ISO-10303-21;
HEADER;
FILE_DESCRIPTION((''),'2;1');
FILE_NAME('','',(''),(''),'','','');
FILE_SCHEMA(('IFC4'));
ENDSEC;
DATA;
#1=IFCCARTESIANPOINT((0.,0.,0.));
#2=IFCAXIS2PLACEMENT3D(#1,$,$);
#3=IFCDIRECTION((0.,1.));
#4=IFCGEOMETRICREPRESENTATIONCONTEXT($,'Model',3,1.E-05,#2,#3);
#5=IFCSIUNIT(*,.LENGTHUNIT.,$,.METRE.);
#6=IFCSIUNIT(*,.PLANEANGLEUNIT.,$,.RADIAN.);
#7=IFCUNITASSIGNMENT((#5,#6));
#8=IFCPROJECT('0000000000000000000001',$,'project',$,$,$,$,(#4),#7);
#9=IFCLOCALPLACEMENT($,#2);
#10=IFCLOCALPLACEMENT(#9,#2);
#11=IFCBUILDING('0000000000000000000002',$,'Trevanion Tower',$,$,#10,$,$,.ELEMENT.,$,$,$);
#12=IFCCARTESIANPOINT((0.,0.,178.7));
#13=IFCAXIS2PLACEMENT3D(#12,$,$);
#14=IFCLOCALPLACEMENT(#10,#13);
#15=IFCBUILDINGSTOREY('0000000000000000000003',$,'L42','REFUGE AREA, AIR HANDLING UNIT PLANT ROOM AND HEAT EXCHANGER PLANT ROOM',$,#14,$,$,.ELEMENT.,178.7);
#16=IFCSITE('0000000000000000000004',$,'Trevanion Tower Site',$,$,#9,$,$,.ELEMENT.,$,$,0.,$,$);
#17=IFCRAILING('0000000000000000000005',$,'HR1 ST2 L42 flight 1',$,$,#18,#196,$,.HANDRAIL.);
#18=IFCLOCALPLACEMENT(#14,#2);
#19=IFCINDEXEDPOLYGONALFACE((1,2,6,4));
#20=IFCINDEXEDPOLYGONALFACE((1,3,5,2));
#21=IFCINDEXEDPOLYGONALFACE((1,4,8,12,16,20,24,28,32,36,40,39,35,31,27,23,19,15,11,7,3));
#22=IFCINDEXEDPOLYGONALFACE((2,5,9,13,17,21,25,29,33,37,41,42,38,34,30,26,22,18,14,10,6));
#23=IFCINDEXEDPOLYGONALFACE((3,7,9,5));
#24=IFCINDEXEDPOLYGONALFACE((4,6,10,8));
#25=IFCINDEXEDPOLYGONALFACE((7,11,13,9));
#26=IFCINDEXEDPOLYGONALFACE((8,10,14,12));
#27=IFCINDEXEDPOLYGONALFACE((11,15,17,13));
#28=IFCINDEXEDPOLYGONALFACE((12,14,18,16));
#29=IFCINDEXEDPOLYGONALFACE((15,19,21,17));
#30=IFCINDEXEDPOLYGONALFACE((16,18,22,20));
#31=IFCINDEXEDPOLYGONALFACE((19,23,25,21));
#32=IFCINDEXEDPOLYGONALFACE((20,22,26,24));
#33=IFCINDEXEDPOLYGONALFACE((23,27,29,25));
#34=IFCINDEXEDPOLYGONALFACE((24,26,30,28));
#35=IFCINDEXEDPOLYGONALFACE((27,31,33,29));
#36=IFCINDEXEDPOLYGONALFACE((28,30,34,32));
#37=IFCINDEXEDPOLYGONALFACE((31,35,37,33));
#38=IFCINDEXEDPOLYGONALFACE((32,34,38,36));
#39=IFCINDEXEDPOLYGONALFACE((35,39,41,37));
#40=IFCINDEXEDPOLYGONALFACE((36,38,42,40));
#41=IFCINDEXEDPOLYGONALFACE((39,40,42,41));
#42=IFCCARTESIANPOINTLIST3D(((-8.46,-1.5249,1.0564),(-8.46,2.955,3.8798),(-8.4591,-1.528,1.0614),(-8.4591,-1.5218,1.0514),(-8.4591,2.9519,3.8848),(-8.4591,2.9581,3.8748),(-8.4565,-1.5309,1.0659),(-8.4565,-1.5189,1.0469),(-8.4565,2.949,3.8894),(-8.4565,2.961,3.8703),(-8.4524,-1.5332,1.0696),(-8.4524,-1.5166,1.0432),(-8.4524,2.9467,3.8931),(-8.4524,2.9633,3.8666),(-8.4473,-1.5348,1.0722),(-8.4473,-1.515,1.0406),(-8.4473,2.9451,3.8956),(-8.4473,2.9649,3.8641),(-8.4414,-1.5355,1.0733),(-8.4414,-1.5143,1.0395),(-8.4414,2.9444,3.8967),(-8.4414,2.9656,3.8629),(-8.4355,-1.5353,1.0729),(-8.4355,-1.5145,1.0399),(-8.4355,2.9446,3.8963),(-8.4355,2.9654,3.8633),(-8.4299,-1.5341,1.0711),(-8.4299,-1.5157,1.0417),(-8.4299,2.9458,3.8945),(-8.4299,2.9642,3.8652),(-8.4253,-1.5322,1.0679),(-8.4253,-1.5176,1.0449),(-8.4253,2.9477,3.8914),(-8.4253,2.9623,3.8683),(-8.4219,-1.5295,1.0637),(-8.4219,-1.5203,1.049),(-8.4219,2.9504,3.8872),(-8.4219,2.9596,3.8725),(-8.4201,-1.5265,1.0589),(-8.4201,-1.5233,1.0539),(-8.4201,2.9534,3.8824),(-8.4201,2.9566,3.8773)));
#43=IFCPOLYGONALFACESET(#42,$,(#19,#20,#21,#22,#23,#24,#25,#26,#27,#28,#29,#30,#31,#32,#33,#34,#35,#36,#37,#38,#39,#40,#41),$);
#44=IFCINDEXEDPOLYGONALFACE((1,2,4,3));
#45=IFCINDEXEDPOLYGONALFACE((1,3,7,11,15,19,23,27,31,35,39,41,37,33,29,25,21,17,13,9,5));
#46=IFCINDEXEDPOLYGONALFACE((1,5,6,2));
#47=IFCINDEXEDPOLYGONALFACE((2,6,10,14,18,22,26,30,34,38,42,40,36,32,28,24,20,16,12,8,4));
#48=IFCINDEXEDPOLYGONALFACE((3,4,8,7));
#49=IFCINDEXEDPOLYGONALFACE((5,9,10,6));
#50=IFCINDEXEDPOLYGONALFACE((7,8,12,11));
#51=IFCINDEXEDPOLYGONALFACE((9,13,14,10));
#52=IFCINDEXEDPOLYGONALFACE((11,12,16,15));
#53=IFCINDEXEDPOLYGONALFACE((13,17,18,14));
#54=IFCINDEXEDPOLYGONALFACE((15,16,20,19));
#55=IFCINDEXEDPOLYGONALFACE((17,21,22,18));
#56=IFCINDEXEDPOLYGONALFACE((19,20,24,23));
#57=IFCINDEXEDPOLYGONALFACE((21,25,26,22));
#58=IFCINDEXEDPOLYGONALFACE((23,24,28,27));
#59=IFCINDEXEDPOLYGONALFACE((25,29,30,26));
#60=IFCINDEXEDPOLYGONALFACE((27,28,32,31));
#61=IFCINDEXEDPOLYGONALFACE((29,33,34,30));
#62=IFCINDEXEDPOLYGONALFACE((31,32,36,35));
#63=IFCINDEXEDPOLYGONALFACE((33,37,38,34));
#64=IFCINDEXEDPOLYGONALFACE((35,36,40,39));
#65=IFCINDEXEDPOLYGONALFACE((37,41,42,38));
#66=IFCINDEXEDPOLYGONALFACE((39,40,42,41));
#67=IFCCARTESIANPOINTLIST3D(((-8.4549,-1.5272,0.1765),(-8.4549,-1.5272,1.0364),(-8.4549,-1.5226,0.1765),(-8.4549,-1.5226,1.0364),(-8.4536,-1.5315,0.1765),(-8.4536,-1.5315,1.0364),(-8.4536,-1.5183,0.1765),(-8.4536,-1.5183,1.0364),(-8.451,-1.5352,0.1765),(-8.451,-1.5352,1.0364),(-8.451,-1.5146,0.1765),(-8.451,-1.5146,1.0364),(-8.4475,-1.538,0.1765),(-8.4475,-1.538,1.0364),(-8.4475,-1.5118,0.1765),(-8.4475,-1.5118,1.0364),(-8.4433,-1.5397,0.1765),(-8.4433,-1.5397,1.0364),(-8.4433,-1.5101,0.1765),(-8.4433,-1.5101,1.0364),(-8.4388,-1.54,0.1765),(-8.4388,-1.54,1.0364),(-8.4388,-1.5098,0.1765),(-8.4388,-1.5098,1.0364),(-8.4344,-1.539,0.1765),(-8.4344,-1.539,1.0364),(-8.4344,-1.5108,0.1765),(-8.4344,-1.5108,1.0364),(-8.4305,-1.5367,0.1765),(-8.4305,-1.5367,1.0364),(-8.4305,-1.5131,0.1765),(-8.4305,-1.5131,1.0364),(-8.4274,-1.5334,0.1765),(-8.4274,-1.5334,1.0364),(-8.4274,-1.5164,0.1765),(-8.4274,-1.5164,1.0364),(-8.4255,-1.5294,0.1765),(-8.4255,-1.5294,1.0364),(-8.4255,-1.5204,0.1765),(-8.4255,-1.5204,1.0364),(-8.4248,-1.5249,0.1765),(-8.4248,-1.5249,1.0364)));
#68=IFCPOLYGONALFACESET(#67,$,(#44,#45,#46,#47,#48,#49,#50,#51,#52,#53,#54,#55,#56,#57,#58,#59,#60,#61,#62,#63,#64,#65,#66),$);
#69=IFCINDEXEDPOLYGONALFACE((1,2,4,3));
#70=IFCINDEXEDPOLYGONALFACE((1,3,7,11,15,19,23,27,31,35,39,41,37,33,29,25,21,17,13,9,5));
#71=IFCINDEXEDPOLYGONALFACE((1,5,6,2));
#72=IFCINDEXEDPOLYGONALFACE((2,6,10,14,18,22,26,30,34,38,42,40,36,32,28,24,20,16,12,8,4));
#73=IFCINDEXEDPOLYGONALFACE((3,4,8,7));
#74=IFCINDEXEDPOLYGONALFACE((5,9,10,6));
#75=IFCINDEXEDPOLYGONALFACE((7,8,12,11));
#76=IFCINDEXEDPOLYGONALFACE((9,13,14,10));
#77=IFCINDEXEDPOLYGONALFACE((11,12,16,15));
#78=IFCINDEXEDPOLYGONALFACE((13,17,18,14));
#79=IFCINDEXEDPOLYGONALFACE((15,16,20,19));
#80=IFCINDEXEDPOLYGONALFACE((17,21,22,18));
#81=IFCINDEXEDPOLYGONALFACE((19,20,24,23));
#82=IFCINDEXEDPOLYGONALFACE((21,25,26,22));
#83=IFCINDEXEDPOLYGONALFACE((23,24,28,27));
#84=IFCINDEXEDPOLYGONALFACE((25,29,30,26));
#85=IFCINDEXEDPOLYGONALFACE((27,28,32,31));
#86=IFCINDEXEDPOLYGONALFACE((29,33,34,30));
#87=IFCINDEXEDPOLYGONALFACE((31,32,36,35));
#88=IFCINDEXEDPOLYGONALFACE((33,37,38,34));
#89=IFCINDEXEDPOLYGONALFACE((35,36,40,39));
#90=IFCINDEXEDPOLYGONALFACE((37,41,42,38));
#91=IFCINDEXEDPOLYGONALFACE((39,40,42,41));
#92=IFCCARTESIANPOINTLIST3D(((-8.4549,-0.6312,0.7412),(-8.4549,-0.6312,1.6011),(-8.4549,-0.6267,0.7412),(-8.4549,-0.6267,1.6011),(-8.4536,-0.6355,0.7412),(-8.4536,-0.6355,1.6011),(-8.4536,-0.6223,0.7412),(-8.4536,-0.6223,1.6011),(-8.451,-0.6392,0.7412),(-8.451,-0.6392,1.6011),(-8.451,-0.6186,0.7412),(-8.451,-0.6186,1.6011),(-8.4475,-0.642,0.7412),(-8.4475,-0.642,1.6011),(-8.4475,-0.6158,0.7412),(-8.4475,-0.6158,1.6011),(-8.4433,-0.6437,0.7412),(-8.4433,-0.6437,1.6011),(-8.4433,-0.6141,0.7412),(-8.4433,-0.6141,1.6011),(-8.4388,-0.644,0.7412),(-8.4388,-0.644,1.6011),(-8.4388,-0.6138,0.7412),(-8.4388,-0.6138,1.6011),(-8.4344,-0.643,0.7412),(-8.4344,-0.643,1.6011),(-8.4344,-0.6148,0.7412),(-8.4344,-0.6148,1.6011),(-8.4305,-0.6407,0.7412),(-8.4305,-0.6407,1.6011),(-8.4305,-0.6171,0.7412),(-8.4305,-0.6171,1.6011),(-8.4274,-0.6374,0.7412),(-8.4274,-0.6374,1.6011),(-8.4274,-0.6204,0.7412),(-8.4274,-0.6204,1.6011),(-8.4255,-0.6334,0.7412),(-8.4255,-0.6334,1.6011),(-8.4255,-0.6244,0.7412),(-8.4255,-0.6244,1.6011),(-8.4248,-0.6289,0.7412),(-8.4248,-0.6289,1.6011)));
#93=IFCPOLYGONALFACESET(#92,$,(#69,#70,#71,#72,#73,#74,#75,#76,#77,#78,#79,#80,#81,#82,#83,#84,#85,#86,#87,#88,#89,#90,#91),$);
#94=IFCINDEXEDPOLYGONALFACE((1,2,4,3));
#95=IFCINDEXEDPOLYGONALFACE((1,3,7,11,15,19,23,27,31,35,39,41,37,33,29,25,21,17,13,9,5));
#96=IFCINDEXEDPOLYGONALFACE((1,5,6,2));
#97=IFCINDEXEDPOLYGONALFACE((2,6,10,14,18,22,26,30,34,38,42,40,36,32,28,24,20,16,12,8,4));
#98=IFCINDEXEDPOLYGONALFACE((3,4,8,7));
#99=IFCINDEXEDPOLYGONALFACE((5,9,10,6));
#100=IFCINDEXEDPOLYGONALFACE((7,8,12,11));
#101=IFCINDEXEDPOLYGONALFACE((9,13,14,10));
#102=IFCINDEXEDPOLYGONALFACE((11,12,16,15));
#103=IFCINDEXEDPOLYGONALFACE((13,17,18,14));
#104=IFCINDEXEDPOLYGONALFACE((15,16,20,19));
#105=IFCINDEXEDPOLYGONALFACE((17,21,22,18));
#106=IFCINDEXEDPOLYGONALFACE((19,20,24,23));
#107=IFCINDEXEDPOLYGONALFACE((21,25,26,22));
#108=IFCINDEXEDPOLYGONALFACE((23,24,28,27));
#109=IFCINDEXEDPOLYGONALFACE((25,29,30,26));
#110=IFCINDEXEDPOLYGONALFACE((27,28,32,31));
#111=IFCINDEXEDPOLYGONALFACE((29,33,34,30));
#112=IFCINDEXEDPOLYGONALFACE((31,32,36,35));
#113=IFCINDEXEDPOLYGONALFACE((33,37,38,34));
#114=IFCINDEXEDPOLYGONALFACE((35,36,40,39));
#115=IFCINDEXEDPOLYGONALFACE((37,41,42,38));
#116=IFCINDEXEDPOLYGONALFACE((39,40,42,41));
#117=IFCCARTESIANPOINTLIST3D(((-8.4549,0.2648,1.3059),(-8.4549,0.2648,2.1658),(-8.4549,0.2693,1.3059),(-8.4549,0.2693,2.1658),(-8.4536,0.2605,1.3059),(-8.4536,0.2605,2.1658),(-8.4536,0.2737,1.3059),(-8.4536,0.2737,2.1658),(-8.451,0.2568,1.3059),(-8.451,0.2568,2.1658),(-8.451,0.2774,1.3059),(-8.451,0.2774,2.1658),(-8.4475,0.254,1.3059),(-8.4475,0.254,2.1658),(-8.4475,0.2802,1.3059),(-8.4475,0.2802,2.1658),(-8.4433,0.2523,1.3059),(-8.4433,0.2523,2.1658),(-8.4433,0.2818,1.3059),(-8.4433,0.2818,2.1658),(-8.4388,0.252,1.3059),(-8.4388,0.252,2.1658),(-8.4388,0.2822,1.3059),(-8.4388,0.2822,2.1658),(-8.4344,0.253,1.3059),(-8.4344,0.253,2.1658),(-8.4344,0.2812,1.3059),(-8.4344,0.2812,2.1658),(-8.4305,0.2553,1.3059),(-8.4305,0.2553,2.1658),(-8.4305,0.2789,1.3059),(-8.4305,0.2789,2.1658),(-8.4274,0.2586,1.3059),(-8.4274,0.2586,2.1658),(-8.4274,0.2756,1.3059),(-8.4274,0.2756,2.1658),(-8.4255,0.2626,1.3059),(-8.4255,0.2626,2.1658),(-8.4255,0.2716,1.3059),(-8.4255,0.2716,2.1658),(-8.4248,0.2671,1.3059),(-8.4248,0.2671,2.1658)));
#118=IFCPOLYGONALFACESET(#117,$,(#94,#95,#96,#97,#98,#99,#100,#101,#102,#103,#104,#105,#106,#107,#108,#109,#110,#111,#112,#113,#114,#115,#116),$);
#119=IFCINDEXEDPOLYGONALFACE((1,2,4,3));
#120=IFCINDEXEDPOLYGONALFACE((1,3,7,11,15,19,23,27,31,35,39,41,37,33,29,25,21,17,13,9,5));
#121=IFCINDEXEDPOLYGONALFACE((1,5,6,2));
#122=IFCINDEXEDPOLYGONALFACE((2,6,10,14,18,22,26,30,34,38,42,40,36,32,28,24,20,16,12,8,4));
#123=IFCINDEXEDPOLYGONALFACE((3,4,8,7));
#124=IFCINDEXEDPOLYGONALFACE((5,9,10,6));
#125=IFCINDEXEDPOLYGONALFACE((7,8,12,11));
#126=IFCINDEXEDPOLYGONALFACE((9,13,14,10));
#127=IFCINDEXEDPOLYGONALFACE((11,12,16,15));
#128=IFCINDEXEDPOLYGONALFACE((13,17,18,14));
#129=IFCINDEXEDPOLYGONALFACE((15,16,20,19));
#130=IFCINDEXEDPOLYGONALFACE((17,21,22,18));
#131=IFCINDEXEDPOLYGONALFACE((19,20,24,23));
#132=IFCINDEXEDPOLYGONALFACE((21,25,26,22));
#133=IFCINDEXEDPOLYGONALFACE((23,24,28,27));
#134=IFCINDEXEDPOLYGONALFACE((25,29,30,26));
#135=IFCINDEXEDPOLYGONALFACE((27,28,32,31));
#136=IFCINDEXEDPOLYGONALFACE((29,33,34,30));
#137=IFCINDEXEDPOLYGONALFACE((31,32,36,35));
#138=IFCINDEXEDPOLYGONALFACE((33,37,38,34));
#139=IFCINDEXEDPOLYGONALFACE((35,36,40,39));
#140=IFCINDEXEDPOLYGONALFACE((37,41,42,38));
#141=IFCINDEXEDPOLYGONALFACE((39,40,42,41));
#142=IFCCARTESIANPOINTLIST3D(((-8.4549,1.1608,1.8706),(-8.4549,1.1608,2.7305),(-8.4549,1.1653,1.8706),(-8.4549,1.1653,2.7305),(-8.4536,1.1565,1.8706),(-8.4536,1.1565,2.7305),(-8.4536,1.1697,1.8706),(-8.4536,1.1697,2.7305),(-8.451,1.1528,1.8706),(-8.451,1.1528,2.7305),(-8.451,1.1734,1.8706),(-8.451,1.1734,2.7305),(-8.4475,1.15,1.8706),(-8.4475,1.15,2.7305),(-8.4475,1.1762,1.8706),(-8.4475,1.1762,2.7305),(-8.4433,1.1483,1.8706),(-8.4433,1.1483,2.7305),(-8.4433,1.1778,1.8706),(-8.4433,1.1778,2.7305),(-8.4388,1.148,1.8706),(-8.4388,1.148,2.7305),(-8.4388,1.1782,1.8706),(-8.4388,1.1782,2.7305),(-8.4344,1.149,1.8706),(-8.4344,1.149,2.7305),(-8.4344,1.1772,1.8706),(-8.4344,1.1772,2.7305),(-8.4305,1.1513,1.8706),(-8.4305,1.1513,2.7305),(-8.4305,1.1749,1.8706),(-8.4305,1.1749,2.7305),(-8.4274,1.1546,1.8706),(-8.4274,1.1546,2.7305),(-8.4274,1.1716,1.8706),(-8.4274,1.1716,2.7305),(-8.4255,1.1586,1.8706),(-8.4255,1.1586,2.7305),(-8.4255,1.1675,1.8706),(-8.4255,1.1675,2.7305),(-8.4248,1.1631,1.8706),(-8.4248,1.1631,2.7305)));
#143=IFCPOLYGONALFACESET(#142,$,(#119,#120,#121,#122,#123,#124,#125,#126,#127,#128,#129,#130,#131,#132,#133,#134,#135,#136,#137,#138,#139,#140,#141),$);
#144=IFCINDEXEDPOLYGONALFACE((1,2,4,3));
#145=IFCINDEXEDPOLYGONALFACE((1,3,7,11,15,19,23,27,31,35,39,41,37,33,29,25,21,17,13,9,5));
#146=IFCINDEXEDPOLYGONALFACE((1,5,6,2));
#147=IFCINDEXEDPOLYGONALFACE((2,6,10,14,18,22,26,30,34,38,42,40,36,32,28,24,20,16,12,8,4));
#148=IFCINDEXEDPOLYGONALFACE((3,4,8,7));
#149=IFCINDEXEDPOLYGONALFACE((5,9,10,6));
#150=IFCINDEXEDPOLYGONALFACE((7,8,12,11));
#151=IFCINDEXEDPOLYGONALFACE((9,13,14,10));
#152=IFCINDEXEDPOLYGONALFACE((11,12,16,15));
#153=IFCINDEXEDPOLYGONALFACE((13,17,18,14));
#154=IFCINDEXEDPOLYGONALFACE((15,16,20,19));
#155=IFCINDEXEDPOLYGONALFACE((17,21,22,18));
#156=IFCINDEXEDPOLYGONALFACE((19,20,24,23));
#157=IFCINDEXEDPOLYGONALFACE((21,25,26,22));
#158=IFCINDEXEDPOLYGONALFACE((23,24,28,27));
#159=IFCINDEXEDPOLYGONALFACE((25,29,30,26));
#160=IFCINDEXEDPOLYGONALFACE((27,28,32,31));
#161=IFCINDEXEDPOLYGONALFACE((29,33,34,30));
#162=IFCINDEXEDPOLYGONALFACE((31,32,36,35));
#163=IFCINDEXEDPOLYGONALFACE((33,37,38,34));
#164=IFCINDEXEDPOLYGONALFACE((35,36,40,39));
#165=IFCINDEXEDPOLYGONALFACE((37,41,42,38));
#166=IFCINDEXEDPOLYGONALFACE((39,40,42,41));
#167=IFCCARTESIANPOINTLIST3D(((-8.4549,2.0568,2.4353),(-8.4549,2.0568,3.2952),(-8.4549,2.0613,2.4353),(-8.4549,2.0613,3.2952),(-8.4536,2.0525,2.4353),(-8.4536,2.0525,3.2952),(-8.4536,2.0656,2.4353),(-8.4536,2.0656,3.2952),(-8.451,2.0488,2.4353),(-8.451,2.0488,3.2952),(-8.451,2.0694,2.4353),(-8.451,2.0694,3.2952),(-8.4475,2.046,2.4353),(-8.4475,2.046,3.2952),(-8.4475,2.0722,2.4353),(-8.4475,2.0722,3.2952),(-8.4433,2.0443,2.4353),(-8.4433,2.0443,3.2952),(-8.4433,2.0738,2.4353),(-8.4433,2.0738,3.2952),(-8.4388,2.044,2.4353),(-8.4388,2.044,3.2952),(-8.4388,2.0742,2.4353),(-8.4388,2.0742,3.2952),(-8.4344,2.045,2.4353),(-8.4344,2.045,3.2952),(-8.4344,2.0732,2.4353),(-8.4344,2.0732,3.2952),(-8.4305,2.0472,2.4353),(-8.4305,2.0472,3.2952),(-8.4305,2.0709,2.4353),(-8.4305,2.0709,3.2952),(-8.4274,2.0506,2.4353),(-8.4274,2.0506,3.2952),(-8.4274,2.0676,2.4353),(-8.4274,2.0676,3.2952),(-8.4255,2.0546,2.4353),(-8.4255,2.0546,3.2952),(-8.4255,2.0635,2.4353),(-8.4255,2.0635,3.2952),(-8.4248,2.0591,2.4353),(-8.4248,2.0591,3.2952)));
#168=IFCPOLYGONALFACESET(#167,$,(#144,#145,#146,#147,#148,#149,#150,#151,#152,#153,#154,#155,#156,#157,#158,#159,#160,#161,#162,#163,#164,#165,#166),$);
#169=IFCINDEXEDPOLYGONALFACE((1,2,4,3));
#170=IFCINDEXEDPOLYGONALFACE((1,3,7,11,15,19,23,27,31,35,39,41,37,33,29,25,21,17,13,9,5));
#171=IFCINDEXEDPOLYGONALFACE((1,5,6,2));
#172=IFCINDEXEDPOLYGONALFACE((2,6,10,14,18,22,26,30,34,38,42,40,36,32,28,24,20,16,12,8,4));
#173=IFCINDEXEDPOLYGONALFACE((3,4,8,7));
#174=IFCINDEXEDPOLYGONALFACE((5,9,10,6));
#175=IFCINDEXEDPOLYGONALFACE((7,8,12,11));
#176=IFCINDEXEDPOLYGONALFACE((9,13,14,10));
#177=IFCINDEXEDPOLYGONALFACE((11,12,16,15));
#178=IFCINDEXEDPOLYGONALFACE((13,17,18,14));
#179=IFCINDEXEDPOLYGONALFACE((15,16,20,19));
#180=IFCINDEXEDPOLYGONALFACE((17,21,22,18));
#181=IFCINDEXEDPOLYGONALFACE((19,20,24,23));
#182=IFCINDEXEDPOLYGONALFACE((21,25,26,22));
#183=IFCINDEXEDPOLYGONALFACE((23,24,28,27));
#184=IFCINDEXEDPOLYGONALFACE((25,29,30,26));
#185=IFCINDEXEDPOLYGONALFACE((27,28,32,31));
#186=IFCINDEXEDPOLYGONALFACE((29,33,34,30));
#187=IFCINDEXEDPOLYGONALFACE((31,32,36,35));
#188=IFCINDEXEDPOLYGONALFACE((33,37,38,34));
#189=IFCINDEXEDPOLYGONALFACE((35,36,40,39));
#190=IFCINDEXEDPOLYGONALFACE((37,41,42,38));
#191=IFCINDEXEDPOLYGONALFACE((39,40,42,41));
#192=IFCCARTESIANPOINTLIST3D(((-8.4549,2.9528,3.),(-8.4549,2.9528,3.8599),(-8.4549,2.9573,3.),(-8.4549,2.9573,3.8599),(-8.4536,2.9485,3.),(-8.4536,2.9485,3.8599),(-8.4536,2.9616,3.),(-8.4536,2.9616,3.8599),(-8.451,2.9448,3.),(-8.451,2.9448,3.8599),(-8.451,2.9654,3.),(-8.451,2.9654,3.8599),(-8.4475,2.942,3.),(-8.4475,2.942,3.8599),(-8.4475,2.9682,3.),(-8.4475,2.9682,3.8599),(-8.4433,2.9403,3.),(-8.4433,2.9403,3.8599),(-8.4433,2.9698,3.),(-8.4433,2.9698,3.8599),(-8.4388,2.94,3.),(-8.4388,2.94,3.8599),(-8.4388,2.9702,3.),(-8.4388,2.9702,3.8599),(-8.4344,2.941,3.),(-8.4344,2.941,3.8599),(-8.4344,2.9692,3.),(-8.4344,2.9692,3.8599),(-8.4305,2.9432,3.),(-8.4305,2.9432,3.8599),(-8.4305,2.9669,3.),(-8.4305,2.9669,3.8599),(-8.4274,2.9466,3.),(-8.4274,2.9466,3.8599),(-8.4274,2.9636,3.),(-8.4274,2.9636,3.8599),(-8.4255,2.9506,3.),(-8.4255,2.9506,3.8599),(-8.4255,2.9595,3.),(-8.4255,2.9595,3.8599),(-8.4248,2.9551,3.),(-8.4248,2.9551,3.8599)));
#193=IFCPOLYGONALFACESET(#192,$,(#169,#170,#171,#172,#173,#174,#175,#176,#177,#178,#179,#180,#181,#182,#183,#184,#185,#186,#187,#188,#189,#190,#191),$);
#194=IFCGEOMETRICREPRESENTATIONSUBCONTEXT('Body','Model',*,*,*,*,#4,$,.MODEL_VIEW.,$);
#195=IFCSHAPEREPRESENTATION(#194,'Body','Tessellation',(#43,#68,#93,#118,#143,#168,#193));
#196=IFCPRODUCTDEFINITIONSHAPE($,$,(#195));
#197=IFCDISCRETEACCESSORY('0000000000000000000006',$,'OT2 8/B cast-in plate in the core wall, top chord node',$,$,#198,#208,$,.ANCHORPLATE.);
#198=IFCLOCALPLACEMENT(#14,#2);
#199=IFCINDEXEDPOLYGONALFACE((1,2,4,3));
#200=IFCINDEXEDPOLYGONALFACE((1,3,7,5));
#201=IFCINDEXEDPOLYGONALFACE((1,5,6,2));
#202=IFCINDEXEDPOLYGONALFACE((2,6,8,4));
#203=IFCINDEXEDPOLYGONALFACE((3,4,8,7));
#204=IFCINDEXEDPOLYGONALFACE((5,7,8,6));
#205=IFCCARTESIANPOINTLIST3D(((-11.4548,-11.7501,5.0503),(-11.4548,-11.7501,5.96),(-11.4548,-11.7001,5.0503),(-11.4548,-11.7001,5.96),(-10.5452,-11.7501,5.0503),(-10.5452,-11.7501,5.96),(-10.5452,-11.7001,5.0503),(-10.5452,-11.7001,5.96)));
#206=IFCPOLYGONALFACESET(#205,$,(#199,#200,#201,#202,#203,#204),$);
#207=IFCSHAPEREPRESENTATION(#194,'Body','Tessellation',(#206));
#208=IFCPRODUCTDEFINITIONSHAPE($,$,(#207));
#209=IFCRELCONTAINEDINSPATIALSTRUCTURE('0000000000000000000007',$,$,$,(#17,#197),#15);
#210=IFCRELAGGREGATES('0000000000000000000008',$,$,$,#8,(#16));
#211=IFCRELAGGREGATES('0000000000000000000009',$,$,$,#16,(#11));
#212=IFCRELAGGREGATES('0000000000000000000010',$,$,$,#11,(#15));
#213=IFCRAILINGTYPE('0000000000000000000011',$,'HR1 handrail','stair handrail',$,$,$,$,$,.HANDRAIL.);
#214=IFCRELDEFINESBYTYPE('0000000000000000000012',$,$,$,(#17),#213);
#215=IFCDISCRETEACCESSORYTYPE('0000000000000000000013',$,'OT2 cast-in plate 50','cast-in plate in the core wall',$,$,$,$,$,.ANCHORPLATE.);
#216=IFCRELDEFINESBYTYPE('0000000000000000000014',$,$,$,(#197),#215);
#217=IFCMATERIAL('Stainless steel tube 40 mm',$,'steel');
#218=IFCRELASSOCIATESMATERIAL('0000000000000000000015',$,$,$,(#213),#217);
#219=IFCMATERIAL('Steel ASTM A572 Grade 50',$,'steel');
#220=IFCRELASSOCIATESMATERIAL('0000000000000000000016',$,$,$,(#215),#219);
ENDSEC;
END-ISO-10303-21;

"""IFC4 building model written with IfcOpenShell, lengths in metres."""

from ifc_helpers import new_model, si_unit, direction, frame, origin, origin_2d, place, context, subcontext, project, spatial, rectangle, circle, extrude, material, type_object, element, save


model = new_model("IFC4")

# Units and contexts
model_context = context("Model", 3, precision=1e-05, world=origin(), true_north=direction((0.0, 1.0)))
body_context = subcontext(model_context, "Body", "Model", "MODEL_VIEW")
ifc_project = project(units=[si_unit("LENGTHUNIT", "METRE"), si_unit("PLANEANGLEUNIT", "RADIAN")], contexts=[model_context])

# Site, building, storey
site_placement = place(None, origin())
site = spatial("IfcSite", under=ifc_project, at=site_placement, Name="Trevanion Tower Site", CompositionType="ELEMENT", RefElevation=0.0)
building_placement = place(site_placement, origin())
building = spatial("IfcBuilding", under=site, at=building_placement, Name="Trevanion Tower", CompositionType="ELEMENT")
storey_placement = place(building_placement, frame((0.0, 0.0, 178.7)))
storey = spatial("IfcBuildingStorey", under=building, at=storey_placement, Name="L42", Description="REFUGE AREA, AIR HANDLING UNIT PLANT ROOM AND HEAT EXCHANGER PLANT ROOM", CompositionType="ELEMENT", Elevation=178.7)

# Railing
ifc_material_1 = material(Name="Stainless steel tube 40 mm", Category="steel")
railing_type = type_object("IfcRailingType", Name="HR1 handrail", Description="stair handrail", PredefinedType="HANDRAIL", material=ifc_material_1)
for number, where, name in (
    (1, (-8.4399, -1.5249, 0.1765), "HR1 ST2 L42 flight 1"),
):
    element("IfcRailing", number, at=place(storey_placement, frame(where)), inside=storey, type_object=railing_type, Name=name, PredefinedType="HANDRAIL", context=body_context, shape_type="SweptSolid", body=[
        extrude(circle(Radius=0.02, at=origin_2d()), frame((0.0, 0.0, 0.8799), z_axis=(0.0, 0.845998, 0.533186), x_axis=(-1.0, 0.0, 0.0)), (0.0, 0.0, 1.0), 5.2954),
        extrude(circle(Radius=0.0151, at=origin_2d()), origin(), (0.0, 0.0, 1.0), 0.8599),
        extrude(circle(Radius=0.0151, at=origin_2d()), frame((0.0, 0.896, 0.5647)), (0.0, 0.0, 1.0), 0.8599),
        extrude(circle(Radius=0.0151, at=origin_2d()), frame((0.0, 1.792, 1.1294)), (0.0, 0.0, 1.0), 0.8599),
        extrude(circle(Radius=0.0151, at=origin_2d()), frame((0.0, 2.688, 1.6941)), (0.0, 0.0, 1.0), 0.8599),
        extrude(circle(Radius=0.0151, at=origin_2d()), frame((0.0, 3.584, 2.2588)), (0.0, 0.0, 1.0), 0.8599),
        extrude(circle(Radius=0.0151, at=origin_2d()), frame((0.0, 4.48, 2.8235)), (0.0, 0.0, 1.0), 0.8599),
    ])

# Discrete accessory
ifc_material_2 = material(Name="Steel ASTM A572 Grade 50", Category="steel")
discrete_accessory_type = type_object("IfcDiscreteAccessoryType", Name="OT2 cast-in plate 50", Description="cast-in plate in the core wall", PredefinedType="ANCHORPLATE", material=ifc_material_2)
for number, where, z_axis, x_axis, name in (
    (2, (-11.0, -11.7251, 5.0503), (0.0, 0.0, 1.0), (0.0, -1.0, 0.0), "OT2 8/B cast-in plate in the core wall, top chord node"),
):
    element("IfcDiscreteAccessory", number, at=place(storey_placement, frame(where, z_axis=z_axis, x_axis=x_axis)), inside=storey, type_object=discrete_accessory_type, Name=name, PredefinedType="ANCHORPLATE", context=body_context, shape_type="SweptSolid", body=[
        extrude(rectangle(XDim=0.05, YDim=0.9097, at=origin_2d()), origin(), (0.0, 0.0, 1.0), 0.9097),
    ])

save(model, "model.ifc")
